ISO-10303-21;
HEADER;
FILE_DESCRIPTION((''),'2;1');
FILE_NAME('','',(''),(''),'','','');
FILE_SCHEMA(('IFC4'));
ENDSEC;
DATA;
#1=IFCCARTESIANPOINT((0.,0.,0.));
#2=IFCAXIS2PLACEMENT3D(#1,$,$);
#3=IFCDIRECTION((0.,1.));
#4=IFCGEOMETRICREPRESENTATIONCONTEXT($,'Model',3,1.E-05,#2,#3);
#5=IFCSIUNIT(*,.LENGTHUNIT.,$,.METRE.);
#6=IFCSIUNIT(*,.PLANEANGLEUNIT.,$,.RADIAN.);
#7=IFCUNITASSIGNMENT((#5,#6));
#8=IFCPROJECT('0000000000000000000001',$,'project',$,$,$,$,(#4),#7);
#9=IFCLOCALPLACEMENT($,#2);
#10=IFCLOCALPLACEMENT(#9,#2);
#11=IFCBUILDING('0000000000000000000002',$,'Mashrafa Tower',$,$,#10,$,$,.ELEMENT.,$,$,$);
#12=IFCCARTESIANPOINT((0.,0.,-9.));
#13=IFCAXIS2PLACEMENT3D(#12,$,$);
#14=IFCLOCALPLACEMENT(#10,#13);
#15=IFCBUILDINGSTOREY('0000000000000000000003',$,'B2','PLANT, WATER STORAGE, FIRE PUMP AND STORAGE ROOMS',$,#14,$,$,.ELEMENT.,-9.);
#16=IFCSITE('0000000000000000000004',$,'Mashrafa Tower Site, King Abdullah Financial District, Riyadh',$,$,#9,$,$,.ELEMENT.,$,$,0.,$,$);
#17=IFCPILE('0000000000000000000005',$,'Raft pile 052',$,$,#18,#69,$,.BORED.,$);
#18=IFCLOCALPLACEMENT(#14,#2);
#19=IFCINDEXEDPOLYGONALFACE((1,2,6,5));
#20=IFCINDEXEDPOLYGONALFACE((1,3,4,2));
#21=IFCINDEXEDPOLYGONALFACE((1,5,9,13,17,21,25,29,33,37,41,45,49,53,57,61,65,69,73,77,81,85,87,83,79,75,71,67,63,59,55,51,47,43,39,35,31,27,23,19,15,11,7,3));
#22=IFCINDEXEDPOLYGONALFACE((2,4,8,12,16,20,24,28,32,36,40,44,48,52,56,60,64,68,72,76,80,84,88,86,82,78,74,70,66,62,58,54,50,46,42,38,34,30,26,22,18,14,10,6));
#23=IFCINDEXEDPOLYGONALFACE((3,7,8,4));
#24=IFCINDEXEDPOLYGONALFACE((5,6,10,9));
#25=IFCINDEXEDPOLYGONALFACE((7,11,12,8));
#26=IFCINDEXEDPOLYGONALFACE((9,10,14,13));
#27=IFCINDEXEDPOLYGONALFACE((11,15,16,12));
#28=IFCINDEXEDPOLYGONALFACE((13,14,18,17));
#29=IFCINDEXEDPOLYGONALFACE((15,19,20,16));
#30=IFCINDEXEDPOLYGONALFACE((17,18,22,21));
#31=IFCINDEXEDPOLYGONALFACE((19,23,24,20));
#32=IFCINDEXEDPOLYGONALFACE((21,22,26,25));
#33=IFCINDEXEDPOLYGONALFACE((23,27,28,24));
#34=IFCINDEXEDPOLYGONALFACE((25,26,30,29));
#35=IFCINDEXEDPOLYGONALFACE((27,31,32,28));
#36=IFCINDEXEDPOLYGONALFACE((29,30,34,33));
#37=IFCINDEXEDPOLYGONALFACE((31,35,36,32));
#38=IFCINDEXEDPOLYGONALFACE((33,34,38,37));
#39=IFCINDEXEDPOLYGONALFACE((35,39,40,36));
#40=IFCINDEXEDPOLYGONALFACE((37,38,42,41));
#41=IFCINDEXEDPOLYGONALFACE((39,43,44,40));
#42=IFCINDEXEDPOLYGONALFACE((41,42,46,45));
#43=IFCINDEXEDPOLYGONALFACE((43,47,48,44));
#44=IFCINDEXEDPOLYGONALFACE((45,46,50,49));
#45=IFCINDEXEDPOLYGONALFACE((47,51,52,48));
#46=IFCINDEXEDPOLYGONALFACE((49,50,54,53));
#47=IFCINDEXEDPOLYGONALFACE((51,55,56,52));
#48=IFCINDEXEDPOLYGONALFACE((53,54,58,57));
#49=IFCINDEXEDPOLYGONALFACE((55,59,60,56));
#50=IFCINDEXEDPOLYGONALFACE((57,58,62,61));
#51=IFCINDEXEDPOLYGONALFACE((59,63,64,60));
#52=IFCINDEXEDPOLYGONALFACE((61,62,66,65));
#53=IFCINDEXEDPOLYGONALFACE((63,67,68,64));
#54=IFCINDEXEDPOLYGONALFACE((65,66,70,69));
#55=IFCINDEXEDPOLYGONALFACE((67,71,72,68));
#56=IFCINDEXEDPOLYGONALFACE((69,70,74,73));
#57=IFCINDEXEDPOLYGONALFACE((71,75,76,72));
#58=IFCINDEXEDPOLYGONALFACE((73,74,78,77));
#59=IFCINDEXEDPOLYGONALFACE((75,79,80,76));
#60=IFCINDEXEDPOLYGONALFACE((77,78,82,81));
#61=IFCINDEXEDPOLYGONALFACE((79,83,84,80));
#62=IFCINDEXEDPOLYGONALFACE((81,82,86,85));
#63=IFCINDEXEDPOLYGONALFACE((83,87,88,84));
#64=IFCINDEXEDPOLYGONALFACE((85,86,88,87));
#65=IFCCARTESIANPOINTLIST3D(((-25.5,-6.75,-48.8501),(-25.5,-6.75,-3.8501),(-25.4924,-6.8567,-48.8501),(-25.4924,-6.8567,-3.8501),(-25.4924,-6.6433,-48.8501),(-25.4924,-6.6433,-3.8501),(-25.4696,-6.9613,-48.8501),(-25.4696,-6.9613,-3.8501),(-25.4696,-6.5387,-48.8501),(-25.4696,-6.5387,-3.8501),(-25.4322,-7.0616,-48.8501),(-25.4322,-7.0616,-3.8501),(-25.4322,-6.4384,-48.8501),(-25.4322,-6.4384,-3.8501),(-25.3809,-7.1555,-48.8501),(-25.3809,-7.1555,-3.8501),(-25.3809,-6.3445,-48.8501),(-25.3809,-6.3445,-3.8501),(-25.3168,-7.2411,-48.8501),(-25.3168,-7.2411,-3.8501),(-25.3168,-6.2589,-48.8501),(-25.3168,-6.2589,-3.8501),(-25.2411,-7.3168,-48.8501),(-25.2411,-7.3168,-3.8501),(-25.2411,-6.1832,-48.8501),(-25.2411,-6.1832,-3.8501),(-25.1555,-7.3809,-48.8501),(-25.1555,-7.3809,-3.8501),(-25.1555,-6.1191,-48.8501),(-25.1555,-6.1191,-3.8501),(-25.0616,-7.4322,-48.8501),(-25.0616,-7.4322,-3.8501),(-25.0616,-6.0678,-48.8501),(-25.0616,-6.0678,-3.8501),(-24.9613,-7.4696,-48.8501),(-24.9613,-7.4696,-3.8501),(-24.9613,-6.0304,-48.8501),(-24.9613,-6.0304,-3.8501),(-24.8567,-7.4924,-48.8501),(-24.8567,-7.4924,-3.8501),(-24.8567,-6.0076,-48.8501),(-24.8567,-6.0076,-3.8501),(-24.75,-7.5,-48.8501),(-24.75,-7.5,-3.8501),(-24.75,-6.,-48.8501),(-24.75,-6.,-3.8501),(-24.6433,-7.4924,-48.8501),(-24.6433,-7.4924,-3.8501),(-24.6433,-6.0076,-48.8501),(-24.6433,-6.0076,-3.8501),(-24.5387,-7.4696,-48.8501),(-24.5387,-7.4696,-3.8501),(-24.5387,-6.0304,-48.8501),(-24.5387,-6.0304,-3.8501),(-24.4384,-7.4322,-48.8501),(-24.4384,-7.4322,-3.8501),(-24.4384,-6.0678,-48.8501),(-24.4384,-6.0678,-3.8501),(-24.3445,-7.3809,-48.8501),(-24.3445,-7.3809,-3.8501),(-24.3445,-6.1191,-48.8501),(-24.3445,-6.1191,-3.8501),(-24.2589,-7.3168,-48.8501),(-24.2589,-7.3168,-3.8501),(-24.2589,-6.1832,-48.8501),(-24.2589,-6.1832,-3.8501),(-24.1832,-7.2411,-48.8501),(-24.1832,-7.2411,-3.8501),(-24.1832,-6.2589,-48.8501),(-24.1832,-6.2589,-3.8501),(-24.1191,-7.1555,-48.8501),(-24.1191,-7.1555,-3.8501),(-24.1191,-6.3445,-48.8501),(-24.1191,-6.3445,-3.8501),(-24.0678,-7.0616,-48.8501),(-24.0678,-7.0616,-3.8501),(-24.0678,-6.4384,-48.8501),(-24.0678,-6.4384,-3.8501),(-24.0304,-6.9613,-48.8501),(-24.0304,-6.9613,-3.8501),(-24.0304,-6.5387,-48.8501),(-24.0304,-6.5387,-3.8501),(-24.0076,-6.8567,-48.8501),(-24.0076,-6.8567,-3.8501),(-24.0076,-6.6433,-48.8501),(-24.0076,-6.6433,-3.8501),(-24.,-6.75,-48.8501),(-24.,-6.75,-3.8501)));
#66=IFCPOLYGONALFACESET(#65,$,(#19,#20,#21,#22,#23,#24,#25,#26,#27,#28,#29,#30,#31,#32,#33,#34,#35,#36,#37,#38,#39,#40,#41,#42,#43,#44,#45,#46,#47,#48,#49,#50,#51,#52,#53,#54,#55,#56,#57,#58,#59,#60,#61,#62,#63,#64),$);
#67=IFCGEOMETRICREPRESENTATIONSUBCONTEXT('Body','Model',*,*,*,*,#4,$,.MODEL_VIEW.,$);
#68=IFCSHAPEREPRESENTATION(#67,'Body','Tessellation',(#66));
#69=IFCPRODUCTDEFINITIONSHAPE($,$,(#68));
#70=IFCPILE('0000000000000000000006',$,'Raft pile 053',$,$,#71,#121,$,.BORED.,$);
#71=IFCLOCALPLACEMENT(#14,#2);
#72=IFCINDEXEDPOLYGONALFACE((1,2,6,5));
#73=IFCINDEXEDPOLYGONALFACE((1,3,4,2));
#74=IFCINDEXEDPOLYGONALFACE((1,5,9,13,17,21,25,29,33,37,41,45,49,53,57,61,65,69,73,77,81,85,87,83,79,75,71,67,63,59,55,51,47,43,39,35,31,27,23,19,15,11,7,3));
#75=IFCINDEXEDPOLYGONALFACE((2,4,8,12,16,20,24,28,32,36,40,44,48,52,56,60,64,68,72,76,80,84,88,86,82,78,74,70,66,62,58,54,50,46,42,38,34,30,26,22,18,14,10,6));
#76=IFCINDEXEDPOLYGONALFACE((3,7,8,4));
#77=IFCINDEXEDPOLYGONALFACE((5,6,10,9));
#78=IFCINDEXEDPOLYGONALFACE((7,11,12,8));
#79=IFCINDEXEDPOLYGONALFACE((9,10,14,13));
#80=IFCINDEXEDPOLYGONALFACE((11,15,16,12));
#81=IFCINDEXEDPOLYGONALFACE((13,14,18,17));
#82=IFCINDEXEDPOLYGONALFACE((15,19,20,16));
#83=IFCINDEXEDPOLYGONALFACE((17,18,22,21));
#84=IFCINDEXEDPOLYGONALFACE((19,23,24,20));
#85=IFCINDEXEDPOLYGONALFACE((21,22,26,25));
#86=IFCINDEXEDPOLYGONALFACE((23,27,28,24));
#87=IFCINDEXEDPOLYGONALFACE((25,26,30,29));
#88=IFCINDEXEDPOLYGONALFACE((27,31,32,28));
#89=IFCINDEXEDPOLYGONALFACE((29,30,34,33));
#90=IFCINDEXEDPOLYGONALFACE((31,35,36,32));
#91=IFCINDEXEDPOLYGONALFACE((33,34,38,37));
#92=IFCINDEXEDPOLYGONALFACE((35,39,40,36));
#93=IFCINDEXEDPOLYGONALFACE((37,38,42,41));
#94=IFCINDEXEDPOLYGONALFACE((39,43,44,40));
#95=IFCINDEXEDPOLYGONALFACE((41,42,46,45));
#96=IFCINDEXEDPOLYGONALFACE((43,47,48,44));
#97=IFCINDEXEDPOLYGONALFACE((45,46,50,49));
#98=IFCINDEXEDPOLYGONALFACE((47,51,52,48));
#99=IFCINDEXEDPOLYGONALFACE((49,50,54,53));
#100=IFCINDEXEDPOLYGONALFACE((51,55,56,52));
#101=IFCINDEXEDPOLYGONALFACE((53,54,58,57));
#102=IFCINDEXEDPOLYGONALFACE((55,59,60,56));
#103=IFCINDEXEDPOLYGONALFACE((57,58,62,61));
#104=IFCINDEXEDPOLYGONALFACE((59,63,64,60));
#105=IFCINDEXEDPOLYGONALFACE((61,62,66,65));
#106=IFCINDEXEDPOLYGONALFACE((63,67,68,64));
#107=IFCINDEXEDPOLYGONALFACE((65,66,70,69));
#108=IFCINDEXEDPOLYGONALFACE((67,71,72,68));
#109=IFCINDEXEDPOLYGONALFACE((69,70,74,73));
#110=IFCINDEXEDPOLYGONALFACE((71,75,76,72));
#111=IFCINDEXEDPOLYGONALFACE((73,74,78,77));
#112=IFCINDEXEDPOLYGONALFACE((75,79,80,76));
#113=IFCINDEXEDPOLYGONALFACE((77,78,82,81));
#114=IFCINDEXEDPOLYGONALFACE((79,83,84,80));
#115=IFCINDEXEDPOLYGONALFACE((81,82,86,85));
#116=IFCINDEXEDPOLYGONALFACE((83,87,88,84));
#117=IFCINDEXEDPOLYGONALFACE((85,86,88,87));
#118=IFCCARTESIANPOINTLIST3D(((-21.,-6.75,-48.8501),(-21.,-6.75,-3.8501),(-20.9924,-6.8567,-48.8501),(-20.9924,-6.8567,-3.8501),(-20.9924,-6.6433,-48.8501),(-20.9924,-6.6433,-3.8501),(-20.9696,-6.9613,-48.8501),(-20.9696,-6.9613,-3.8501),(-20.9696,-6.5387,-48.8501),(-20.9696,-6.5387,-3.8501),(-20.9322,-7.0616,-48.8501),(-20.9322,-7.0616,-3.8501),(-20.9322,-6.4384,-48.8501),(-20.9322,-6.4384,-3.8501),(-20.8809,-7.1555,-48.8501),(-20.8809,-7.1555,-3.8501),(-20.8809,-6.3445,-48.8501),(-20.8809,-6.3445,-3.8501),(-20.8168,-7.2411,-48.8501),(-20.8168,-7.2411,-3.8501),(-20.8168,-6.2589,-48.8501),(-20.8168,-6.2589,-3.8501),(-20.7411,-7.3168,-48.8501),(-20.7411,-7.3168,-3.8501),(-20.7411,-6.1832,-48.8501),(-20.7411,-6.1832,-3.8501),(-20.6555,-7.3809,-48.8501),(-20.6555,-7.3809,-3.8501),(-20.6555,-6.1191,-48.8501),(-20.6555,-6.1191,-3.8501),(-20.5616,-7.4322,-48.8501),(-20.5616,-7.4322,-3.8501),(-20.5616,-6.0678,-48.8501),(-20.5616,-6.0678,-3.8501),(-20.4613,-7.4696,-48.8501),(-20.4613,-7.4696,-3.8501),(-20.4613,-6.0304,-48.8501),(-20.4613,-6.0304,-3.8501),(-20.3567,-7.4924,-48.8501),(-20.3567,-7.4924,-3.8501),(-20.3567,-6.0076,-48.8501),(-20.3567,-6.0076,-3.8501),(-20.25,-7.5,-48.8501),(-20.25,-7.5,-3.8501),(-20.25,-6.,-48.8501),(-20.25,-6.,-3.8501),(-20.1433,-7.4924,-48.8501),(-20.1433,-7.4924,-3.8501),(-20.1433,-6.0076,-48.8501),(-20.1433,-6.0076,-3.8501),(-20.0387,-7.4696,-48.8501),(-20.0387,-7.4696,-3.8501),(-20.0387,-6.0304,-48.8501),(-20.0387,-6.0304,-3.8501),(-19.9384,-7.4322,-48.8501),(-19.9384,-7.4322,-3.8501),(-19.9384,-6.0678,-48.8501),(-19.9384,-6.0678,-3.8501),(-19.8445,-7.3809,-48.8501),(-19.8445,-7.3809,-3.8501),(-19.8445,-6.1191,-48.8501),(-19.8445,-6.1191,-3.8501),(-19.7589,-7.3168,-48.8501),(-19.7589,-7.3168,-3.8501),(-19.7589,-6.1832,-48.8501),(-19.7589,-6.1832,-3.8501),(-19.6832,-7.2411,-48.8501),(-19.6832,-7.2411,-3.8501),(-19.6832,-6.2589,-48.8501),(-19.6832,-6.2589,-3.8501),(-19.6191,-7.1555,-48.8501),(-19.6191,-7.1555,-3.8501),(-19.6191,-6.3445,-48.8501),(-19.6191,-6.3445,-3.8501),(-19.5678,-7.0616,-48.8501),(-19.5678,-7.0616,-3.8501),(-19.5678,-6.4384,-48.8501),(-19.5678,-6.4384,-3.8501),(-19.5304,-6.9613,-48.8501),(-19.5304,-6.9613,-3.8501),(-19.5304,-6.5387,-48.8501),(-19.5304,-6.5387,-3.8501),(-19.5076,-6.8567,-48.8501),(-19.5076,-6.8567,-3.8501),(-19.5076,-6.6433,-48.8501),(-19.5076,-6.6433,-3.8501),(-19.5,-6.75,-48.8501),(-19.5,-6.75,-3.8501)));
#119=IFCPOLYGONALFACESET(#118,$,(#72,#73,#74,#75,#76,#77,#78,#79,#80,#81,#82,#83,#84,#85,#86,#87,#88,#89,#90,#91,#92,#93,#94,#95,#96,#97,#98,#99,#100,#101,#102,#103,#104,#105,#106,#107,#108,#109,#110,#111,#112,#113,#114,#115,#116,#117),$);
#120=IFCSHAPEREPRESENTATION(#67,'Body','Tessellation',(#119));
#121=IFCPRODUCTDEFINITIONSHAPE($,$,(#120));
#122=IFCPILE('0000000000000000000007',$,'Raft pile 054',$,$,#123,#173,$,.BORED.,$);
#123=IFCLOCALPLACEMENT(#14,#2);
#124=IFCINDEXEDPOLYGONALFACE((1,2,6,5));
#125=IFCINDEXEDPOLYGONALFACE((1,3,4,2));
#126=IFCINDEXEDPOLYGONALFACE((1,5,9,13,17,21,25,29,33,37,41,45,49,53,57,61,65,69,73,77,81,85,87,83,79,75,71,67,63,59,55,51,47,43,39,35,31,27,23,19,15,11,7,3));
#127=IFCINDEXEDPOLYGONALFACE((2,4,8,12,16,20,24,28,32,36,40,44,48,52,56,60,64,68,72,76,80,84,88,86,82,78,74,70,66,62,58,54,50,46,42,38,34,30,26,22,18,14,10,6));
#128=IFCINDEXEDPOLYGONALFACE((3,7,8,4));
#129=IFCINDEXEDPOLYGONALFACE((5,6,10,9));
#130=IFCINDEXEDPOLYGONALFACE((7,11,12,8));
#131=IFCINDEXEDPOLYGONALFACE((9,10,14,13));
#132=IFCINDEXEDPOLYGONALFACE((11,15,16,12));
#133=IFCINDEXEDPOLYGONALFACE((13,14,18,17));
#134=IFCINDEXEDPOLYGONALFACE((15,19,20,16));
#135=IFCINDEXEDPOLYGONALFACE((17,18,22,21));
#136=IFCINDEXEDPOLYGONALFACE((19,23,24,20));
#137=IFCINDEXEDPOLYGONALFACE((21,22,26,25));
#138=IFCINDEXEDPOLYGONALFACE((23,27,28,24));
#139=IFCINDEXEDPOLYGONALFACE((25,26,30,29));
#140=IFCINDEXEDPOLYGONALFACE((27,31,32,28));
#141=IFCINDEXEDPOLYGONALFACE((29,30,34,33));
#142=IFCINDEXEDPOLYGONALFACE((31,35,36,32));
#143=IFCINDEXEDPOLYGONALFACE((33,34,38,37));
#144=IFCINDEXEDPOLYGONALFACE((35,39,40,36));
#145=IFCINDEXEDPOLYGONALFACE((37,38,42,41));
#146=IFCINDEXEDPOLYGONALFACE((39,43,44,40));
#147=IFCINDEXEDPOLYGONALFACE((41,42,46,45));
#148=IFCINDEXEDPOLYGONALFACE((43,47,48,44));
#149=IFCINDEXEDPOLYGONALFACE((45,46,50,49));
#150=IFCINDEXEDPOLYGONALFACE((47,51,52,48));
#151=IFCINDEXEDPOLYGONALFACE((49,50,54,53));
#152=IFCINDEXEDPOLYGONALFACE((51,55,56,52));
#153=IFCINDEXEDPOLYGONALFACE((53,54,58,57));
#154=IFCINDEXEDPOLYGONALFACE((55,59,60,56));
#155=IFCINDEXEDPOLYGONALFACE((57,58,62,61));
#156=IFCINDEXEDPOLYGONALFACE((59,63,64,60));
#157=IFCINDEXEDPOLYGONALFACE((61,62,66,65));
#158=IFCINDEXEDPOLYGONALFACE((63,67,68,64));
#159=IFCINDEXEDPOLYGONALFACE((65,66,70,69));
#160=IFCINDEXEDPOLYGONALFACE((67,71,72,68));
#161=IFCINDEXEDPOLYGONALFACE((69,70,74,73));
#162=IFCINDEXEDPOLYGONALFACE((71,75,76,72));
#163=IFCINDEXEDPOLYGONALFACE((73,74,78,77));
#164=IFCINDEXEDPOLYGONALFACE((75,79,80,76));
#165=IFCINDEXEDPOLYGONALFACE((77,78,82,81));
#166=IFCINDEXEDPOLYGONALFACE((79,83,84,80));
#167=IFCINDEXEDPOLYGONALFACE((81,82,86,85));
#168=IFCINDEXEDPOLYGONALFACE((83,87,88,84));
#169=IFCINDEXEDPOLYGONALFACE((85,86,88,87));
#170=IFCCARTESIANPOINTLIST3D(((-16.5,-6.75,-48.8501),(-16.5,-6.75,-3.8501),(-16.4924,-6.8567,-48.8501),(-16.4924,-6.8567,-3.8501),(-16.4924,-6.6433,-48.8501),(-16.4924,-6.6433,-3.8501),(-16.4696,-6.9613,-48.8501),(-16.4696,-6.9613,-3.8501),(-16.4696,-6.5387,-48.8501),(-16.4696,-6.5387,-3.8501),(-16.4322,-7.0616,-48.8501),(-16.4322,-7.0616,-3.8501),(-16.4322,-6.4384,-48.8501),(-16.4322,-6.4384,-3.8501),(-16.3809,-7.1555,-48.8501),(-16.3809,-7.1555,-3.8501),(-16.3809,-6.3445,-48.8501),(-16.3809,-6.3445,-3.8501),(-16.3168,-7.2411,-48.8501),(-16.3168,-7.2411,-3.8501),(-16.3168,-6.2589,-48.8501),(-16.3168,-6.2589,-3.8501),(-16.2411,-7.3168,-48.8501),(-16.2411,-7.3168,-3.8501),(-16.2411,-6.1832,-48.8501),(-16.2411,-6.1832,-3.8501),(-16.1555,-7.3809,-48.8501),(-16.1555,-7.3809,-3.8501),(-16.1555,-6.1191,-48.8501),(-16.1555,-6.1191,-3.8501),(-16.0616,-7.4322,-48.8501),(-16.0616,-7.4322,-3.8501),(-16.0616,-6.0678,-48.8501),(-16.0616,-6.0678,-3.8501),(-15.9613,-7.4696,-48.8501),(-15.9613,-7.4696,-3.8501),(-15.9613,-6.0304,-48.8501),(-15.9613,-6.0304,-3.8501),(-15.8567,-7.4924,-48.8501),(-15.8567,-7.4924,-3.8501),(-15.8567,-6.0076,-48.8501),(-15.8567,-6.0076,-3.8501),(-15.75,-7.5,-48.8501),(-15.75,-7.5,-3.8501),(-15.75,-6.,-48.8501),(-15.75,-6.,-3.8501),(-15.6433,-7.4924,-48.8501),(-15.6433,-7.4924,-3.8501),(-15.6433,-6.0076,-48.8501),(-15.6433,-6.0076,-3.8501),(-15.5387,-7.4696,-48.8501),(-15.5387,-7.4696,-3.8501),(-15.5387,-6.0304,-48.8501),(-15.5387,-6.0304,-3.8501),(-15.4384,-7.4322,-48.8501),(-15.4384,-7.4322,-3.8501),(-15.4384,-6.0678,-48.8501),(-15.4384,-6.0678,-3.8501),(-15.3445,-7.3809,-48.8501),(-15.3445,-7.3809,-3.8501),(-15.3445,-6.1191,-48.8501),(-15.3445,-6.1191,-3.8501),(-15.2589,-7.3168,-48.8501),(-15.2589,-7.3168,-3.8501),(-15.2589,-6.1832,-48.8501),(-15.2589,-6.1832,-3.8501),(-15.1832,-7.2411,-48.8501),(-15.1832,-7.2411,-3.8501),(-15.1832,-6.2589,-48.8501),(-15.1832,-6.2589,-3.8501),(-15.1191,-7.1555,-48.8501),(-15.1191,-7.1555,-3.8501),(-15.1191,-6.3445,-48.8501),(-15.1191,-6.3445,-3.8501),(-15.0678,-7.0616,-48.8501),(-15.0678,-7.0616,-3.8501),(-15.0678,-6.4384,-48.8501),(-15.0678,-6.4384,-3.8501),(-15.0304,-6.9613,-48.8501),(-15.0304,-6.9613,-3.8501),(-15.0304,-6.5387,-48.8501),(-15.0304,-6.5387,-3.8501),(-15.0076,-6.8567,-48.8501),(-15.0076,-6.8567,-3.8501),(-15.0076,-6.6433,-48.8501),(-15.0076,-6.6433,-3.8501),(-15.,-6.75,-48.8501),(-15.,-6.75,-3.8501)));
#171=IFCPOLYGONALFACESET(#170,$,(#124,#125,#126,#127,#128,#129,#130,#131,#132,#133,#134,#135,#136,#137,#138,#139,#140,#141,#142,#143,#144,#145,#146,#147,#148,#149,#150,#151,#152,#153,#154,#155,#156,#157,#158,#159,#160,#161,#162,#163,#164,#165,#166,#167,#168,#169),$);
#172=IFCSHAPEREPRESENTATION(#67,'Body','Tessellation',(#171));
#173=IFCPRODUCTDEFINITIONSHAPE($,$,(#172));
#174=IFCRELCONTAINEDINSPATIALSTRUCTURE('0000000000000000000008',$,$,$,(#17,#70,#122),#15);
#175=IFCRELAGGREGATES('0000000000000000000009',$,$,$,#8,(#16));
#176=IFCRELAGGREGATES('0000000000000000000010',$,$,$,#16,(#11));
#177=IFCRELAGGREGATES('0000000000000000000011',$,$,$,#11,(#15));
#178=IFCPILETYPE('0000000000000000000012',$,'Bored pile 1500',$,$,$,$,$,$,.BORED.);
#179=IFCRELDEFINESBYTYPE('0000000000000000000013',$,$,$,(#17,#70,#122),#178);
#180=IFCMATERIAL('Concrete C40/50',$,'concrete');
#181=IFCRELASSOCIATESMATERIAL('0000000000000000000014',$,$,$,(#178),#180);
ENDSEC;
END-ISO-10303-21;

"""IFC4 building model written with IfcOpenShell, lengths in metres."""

from ifc_helpers import new_model, si_unit, direction, frame, origin, origin_2d, place, context, subcontext, project, spatial, circle, extrude, material, material_profile, profile_set, type_object, element, save


model = new_model("IFC4")

# Units and contexts
model_context = context("Model", 3, precision=1e-05, world=origin(), true_north=direction((0.0, 1.0)))
body_context = subcontext(model_context, "Body", "Model", "MODEL_VIEW")
ifc_project = project(units=[si_unit("LENGTHUNIT", "METRE"), si_unit("PLANEANGLEUNIT", "RADIAN")], contexts=[model_context])

# Site, building, storey
site_placement = place(None, origin())
site = spatial("IfcSite", under=ifc_project, at=site_placement, Name="Mashrafa Tower Site, King Abdullah Financial District, Riyadh", CompositionType="ELEMENT", RefElevation=0.0)
building_placement = place(site_placement, origin())
building = spatial("IfcBuilding", under=site, at=building_placement, Name="Mashrafa Tower", CompositionType="ELEMENT")
storey_placement = place(building_placement, frame((0.0, 0.0, -9.0)))
storey = spatial("IfcBuildingStorey", under=building, at=storey_placement, Name="B2", Description="PLANT, WATER STORAGE, FIRE PUMP AND STORAGE ROOMS", CompositionType="ELEMENT", Elevation=-9.0)

# Piles
ifc_material_1 = material(Name="Concrete C40/50", Category="concrete")
ifc_material_profile_1 = material_profile(ifc_material_1, circle(Radius=0.75, at=origin_2d()), Name="1500 DIA")
ifc_profile_set_1 = profile_set([ifc_material_profile_1], Name="Concrete C40/50")
pile_type_1 = type_object("IfcPileType", Name="Bored pile 1500", PredefinedType="BORED", material=ifc_profile_set_1)
for number, where, z_axis, x_axis, name in (
    (1, (-24.75, -6.75, -3.8501), (0.0, 0.0, -1.0), (1.0, 0.0, 0.0), "Raft pile 052"),
    (2, (-20.25, -6.75, -3.8501), (0.0, 0.0, -1.0), (1.0, 0.0, 0.0), "Raft pile 053"),
    (3, (-15.75, -6.75, -3.8501), (0.0, 0.0, -1.0), (1.0, 0.0, 0.0), "Raft pile 054"),
):
    element("IfcPile", number, at=place(storey_placement, frame(where, z_axis=z_axis, x_axis=x_axis)), inside=storey, type_object=pile_type_1, Name=name, PredefinedType="BORED", context=body_context, shape_type="SweptSolid", body=[
        extrude(circle(Radius=0.75, at=origin_2d()), origin(), (0.0, 0.0, 1.0), 45.0),
    ])

save(model, "model.ifc")
